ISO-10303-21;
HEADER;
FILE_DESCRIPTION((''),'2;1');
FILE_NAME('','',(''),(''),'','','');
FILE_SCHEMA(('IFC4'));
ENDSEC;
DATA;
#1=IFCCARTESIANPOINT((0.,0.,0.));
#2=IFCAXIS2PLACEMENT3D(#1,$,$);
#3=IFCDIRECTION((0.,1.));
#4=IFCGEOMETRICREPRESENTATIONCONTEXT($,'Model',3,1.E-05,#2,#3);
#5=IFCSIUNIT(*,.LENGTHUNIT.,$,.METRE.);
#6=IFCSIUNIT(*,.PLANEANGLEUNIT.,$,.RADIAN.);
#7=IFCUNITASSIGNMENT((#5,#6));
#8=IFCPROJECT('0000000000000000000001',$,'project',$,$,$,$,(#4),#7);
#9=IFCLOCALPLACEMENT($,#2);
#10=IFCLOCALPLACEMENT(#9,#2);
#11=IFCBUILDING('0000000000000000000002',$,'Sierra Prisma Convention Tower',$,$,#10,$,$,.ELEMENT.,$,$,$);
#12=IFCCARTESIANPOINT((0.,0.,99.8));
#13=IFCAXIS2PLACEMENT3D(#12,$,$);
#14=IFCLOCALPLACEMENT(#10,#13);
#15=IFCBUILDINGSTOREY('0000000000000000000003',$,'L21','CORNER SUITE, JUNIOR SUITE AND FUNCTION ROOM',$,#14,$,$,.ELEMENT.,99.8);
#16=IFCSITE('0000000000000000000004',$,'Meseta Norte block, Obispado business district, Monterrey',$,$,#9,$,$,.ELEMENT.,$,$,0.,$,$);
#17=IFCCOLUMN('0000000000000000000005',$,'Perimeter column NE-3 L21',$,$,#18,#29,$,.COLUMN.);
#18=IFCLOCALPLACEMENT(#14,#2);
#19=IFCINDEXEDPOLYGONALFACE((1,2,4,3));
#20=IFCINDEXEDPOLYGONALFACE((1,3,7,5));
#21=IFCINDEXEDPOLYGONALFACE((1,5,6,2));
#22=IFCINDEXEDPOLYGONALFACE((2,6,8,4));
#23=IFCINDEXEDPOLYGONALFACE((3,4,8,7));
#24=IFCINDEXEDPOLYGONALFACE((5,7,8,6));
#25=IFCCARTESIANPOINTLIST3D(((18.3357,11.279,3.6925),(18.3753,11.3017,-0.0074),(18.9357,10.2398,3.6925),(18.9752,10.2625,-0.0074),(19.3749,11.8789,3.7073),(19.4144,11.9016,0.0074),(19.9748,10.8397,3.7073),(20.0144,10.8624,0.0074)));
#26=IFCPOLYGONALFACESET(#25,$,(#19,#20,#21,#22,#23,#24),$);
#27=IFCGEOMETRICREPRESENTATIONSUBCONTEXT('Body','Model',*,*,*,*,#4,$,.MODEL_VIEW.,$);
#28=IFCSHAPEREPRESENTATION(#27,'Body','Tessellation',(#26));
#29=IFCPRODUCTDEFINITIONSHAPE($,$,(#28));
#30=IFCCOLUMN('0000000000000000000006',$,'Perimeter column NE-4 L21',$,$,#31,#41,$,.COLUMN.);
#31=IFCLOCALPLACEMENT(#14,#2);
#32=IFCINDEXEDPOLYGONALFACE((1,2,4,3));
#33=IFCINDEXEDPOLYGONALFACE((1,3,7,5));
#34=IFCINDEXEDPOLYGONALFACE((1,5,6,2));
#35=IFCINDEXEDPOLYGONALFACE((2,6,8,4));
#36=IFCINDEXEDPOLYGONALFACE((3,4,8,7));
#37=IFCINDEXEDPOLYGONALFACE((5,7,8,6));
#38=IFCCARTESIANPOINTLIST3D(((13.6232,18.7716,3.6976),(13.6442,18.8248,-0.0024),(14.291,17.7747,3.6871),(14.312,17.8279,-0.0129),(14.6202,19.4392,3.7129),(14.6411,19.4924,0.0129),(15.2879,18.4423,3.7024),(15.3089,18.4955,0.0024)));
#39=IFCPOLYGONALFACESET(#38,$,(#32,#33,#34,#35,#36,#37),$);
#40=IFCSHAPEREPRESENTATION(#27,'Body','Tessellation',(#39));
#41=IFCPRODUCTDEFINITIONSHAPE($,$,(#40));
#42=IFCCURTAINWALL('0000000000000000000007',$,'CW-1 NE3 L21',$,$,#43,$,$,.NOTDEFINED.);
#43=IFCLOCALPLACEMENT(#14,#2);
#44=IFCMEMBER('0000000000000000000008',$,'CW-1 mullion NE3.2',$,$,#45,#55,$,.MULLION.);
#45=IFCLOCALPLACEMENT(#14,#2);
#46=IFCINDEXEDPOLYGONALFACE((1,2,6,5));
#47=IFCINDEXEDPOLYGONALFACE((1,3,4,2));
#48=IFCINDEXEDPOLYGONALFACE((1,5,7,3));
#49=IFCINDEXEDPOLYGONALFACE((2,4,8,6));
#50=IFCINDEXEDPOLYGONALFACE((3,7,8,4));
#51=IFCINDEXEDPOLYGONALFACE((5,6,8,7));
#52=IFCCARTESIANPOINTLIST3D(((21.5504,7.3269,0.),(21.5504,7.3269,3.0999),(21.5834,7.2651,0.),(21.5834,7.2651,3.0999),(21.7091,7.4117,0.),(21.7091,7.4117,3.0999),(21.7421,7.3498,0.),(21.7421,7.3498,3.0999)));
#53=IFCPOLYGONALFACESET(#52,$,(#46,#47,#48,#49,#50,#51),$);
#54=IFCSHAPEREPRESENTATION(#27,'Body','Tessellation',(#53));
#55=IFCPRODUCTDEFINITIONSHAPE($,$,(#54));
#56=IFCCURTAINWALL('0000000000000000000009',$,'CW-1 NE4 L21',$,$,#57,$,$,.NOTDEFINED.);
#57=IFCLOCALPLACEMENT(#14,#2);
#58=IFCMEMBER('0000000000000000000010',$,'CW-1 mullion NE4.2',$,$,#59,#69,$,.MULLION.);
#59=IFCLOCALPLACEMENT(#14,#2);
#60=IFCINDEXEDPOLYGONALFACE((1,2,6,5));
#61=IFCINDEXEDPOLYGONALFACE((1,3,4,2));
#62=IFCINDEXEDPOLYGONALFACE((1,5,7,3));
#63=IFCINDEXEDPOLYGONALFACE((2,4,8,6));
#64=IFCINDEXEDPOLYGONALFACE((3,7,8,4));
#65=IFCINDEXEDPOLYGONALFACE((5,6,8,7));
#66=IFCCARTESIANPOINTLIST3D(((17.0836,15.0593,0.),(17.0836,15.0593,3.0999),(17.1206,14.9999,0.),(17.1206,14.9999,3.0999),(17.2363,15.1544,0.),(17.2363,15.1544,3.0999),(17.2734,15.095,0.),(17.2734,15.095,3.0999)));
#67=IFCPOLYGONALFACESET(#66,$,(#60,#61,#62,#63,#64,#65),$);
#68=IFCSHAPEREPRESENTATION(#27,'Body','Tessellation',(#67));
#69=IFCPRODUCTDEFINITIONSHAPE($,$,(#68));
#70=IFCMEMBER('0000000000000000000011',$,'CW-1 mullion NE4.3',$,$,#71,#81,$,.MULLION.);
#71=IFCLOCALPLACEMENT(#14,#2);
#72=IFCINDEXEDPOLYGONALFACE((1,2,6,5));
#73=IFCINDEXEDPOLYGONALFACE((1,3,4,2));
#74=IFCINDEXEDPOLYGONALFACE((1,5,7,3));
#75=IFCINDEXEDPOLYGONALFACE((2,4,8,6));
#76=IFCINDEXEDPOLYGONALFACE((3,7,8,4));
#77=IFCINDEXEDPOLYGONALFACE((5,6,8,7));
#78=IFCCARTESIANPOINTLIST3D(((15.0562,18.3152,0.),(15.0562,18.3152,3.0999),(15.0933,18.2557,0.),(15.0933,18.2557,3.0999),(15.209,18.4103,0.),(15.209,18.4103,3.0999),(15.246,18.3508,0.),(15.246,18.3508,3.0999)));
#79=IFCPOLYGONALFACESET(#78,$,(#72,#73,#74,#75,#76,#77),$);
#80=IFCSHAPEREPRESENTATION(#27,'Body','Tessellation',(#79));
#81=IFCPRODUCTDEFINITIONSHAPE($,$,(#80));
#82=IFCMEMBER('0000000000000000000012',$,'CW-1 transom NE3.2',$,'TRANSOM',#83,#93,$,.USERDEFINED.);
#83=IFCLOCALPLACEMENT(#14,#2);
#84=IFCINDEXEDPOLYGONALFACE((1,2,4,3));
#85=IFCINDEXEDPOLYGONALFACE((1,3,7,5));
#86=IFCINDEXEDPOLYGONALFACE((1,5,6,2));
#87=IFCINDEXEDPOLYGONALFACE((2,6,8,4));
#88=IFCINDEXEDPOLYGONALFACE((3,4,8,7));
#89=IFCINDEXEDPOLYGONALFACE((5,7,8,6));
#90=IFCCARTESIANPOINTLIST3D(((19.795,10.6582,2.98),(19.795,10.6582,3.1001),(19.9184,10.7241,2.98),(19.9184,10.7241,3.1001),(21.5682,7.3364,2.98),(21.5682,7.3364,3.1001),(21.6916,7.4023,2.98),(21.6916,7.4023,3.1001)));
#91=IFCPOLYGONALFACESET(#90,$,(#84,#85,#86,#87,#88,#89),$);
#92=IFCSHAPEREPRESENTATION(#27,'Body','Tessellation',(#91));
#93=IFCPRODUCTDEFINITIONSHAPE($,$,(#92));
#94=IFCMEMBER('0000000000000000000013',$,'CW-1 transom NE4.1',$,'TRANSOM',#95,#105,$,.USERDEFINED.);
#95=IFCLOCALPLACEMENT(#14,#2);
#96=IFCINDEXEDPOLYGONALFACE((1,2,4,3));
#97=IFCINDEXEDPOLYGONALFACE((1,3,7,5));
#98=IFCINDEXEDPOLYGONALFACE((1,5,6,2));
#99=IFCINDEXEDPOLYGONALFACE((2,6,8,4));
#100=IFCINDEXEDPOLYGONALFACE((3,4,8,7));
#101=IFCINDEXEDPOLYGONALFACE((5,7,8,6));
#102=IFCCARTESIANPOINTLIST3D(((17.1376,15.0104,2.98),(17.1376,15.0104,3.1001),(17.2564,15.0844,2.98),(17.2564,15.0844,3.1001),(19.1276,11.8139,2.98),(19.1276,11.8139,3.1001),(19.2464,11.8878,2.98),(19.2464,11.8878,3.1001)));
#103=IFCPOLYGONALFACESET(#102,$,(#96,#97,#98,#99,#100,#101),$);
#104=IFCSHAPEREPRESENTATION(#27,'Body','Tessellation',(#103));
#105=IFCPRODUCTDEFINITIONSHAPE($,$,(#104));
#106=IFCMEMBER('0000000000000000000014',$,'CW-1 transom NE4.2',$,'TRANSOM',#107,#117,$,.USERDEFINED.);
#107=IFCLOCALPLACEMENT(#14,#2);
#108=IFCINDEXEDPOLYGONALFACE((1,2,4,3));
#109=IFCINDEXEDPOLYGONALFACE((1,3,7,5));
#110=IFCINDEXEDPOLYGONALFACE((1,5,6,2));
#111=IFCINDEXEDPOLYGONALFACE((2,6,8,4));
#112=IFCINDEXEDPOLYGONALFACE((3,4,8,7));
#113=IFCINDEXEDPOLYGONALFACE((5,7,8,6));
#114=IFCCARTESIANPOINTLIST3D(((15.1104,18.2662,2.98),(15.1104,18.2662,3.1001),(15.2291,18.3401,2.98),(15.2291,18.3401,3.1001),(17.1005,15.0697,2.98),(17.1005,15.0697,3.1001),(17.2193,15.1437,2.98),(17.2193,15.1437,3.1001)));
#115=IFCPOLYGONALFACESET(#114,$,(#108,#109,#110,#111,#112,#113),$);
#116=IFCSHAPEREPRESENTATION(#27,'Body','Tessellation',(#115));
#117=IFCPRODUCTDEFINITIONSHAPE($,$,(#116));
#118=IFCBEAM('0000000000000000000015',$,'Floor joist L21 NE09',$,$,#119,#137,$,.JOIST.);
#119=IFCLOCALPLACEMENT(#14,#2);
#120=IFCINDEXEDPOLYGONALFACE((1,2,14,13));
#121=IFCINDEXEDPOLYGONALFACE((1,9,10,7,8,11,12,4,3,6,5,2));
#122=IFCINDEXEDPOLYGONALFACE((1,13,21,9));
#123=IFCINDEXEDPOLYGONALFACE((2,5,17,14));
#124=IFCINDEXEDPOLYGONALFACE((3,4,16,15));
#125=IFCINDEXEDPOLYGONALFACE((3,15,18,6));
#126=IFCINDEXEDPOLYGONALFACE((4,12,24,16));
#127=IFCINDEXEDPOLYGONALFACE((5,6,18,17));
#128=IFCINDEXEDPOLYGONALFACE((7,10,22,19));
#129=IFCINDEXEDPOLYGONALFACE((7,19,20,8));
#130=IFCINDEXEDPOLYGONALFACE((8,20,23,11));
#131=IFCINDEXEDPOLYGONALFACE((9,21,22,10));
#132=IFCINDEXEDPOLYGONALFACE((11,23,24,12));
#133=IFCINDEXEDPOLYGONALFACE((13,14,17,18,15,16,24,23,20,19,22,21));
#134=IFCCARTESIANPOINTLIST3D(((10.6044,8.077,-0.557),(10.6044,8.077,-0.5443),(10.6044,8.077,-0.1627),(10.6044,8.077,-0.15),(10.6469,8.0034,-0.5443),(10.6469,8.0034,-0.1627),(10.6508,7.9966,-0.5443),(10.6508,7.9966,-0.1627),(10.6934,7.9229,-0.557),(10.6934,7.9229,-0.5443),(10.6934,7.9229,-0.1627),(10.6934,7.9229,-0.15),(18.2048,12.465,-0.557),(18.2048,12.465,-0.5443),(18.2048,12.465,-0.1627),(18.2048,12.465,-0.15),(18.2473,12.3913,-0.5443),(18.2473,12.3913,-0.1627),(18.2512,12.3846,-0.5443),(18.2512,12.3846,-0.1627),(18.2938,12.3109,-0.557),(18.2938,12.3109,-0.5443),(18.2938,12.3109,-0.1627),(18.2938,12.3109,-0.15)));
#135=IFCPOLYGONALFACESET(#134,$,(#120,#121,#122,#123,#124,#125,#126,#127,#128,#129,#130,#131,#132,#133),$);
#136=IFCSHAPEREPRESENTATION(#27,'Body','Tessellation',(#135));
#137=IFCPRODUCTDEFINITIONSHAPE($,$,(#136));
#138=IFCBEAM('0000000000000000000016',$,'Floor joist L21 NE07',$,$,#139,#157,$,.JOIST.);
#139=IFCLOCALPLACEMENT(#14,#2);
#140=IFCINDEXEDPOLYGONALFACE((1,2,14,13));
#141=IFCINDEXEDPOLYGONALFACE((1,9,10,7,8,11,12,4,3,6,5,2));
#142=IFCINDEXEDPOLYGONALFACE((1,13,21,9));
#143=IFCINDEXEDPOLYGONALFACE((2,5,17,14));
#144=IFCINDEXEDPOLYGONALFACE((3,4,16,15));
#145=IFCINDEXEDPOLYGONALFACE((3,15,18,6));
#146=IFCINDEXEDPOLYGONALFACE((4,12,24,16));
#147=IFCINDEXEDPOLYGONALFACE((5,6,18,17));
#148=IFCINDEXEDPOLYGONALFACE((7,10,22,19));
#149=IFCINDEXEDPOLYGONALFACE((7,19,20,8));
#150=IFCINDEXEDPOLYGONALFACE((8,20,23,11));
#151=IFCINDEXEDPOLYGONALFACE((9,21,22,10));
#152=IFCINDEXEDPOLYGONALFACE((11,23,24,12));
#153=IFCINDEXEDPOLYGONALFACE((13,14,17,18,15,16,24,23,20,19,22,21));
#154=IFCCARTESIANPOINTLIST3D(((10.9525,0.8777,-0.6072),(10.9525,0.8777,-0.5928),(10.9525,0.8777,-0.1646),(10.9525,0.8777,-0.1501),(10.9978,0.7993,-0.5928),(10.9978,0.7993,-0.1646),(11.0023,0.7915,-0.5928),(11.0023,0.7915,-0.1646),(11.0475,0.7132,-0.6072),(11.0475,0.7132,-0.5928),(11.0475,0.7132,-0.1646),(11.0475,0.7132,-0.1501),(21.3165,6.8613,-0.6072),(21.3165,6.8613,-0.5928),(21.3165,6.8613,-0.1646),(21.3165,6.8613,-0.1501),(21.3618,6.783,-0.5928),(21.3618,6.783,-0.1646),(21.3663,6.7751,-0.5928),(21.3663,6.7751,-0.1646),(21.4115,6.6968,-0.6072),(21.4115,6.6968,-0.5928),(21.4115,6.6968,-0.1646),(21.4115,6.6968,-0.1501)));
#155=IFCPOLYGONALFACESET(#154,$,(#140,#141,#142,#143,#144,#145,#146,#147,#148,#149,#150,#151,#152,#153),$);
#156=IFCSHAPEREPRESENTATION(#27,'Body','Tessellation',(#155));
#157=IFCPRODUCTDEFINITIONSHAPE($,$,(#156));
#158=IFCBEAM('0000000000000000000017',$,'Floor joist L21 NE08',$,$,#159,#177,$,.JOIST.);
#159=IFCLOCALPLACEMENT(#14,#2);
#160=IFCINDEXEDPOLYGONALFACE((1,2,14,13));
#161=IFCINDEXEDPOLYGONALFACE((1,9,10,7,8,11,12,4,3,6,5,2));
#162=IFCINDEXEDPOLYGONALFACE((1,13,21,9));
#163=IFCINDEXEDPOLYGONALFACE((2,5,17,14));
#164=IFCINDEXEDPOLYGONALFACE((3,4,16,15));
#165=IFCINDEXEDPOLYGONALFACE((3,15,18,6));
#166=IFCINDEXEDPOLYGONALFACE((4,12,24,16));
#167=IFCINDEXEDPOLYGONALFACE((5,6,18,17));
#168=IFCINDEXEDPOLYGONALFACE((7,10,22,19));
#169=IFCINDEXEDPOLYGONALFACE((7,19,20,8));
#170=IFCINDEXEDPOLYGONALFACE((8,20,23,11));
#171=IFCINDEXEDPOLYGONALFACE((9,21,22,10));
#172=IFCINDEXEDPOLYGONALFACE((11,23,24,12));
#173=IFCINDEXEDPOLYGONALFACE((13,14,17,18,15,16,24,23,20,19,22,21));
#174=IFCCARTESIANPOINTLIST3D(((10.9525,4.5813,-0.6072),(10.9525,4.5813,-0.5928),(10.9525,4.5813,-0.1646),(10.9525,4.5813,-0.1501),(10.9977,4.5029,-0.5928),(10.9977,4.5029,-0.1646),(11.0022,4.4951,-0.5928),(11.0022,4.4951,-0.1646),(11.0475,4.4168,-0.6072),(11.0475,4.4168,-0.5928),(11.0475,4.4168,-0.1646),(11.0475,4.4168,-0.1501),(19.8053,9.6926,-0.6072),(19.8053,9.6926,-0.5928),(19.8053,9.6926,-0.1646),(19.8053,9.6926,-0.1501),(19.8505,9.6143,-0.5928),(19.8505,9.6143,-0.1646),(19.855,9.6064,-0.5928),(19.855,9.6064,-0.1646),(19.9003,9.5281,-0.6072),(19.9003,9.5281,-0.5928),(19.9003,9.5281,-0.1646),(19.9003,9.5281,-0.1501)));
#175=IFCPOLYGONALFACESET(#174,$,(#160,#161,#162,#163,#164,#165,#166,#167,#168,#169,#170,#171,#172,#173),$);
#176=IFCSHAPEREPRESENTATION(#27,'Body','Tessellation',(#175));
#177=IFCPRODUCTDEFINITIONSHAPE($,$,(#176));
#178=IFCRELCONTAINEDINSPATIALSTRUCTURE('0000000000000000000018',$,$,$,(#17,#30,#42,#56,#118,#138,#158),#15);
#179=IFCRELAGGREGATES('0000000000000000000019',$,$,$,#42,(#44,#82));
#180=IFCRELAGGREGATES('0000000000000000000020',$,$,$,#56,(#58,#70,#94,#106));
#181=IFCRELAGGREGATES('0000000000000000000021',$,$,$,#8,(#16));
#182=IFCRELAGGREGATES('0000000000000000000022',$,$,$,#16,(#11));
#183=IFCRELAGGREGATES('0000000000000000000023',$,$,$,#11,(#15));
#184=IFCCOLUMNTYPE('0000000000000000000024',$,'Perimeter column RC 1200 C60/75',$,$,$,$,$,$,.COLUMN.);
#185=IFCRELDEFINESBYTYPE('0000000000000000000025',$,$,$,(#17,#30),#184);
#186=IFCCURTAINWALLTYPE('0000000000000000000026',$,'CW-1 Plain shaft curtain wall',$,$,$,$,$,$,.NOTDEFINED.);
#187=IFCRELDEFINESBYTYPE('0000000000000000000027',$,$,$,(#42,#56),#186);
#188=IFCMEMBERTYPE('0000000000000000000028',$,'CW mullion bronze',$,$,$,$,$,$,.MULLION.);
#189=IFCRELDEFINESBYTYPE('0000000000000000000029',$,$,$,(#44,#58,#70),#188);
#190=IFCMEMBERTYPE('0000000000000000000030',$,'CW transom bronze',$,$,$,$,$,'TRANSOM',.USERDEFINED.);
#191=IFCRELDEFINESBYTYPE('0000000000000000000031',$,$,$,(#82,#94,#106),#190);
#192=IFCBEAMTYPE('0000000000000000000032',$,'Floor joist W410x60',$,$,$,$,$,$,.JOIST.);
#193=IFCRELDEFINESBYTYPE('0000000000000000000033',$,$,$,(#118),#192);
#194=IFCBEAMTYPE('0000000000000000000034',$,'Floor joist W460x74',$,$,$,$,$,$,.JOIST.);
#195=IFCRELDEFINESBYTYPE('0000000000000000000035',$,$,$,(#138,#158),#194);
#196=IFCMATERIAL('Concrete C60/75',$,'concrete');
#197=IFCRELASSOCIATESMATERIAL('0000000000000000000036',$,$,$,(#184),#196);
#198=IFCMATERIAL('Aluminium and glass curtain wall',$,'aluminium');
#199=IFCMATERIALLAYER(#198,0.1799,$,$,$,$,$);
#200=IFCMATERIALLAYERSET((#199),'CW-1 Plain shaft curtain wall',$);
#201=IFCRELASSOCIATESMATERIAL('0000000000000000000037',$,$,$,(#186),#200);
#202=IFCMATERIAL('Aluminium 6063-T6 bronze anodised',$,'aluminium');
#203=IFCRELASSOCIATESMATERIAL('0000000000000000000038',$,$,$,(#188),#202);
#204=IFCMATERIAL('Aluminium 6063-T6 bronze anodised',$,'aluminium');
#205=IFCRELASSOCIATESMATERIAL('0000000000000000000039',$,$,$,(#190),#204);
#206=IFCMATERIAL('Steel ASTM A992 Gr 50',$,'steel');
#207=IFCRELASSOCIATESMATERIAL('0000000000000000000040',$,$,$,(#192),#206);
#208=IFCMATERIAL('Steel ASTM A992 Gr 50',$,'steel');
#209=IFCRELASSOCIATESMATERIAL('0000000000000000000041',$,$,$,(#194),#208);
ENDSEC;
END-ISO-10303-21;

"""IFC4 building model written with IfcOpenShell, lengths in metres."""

from ifc_helpers import new_model, si_unit, direction, frame, origin, origin_2d, place, context, subcontext, project, spatial, rectangle, i_section, extrude, material, layer, layer_set, material_profile, profile_set, type_object, element, aggregate, save


model = new_model("IFC4")

# Units and contexts
model_context = context("Model", 3, precision=1e-05, world=origin(), true_north=direction((0.0, 1.0)))
body_context = subcontext(model_context, "Body", "Model", "MODEL_VIEW")
ifc_project = project(units=[si_unit("LENGTHUNIT", "METRE"), si_unit("PLANEANGLEUNIT", "RADIAN")], contexts=[model_context])

# Site, building, storey
site_placement = place(None, origin())
site = spatial("IfcSite", under=ifc_project, at=site_placement, Name="Meseta Norte block, Obispado business district, Monterrey", CompositionType="ELEMENT", RefElevation=0.0)
building_placement = place(site_placement, origin())
building = spatial("IfcBuilding", under=site, at=building_placement, Name="Sierra Prisma Convention Tower", CompositionType="ELEMENT")
storey_placement = place(building_placement, frame((0.0, 0.0, 99.8)))
storey = spatial("IfcBuildingStorey", under=building, at=storey_placement, Name="L21", Description="CORNER SUITE, JUNIOR SUITE AND FUNCTION ROOM", CompositionType="ELEMENT", Elevation=99.8)

# Columns
ifc_material_1 = material(Name="Concrete C60/75", Category="concrete")
ifc_material_profile_1 = material_profile(ifc_material_1, rectangle(XDim=1.2, YDim=1.2, at=origin_2d()), Name="Perimeter column RC 1200 C60/75")
ifc_profile_set_1 = profile_set([ifc_material_profile_1], Name="Concrete C60/75")
column_type = type_object("IfcColumnType", Name="Perimeter column RC 1200 C60/75", PredefinedType="COLUMN", material=ifc_profile_set_1)
column_1_placement = place(storey_placement, frame((19.1948, 11.082, 0.0), z_axis=(-0.010689, -0.006136, 0.999924), x_axis=(-0.499971, 0.866042, -0.00003)))
element("IfcColumn", 1, at=column_1_placement, inside=storey, type_object=column_type, Name="Perimeter column NE-3 L21", PredefinedType="COLUMN", context=body_context, shape_type="SweptSolid", body=[
    extrude(rectangle(XDim=1.2, YDim=1.2, at=origin_2d()), origin(), (0.0, 0.0, 1.0), 3.7002),
])
column_2_placement = place(storey_placement, frame((14.4766, 18.6602, 0.0), z_axis=(-0.005674, -0.014383, 0.99988), x_axis=(-0.556504, 0.830798, 0.008793)))
element("IfcColumn", 2, at=column_2_placement, inside=storey, type_object=column_type, Name="Perimeter column NE-4 L21", PredefinedType="COLUMN", context=body_context, shape_type="SweptSolid", body=[
    extrude(rectangle(XDim=1.2, YDim=1.2, at=origin_2d()), origin(), (0.0, 0.0, 1.0), 3.7004),
])

# Curtain wall, member
ifc_material_2 = material(Name="Aluminium and glass curtain wall", Category="aluminium")
ifc_layer_1 = layer(ifc_material_2, 0.1799)
ifc_layer_set_1 = layer_set([ifc_layer_1], Name="CW-1 Plain shaft curtain wall")
curtain_wall_type = type_object("IfcCurtainWallType", Name="CW-1 Plain shaft curtain wall", PredefinedType="NOTDEFINED", material=ifc_layer_set_1)
curtain_wall_1_placement = place(storey_placement, origin())
curtain_wall_1 = element("IfcCurtainWall", 3, at=curtain_wall_1_placement, inside=storey, type_object=curtain_wall_type, Name="CW-1 NE3 L21", PredefinedType="NOTDEFINED")
ifc_material_3 = material(Name="Aluminium 6063-T6 bronze anodised", Category="aluminium")
ifc_material_profile_2 = material_profile(ifc_material_3, rectangle(XDim=0.1799, YDim=0.0701, at=origin_2d()), Name="ALU MULLION 70x180")
ifc_profile_set_2 = profile_set([ifc_material_profile_2], Name="Aluminium 6063-T6 bronze anodised")
member_type_1 = type_object("IfcMemberType", Name="CW mullion bronze", PredefinedType="MULLION", material=ifc_profile_set_2)
member_1_placement = place(storey_placement, frame((21.6462, 7.3384, 0.0), z_axis=(0.0, 0.0, 1.0), x_axis=(-0.882189, -0.470896, 0.0)))
member_1 = element("IfcMember", 4, at=member_1_placement, type_object=member_type_1, Name="CW-1 mullion NE3.2", PredefinedType="MULLION", context=body_context, shape_type="SweptSolid", body=[
    extrude(rectangle(XDim=0.1799, YDim=0.0701, at=origin_2d()), origin(), (0.0, 0.0, 1.0), 3.0999),
])

# Curtain wall, members
curtain_wall_2_placement = place(storey_placement, origin())
curtain_wall_2 = element("IfcCurtainWall", 5, at=curtain_wall_2_placement, inside=storey, type_object=curtain_wall_type, Name="CW-1 NE4 L21", PredefinedType="NOTDEFINED")
member_2_placement = place(storey_placement, frame((17.1785, 15.0771, 0.0), z_axis=(0.0, 0.0, 1.0), x_axis=(-0.848902, -0.52855, 0.0)))
member_2 = element("IfcMember", 6, at=member_2_placement, type_object=member_type_1, Name="CW-1 mullion NE4.2", PredefinedType="MULLION", context=body_context, shape_type="SweptSolid", body=[
    extrude(rectangle(XDim=0.1799, YDim=0.0701, at=origin_2d()), origin(), (0.0, 0.0, 1.0), 3.0999),
])
member_3_placement = place(storey_placement, frame((15.1511, 18.333, 0.0), z_axis=(0.0, 0.0, 1.0), x_axis=(-0.848902, -0.52855, 0.0)))
member_3 = element("IfcMember", 7, at=member_3_placement, type_object=member_type_1, Name="CW-1 mullion NE4.3", PredefinedType="MULLION", context=body_context, shape_type="SweptSolid", body=[
    extrude(rectangle(XDim=0.1799, YDim=0.0701, at=origin_2d()), origin(), (0.0, 0.0, 1.0), 3.0999),
])

# Members
ifc_material_4 = material(Name="Aluminium 6063-T6 bronze anodised", Category="aluminium")
ifc_material_profile_3 = material_profile(ifc_material_4, rectangle(XDim=0.1399, YDim=0.1201, at=origin_2d()), Name="ALU TRANSOM 120x140")
ifc_profile_set_3 = profile_set([ifc_material_profile_3], Name="Aluminium 6063-T6 bronze anodised")
member_type_2 = type_object("IfcMemberType", Name="CW transom bronze", ElementType="TRANSOM", PredefinedType="USERDEFINED", material=ifc_profile_set_3)
member_4_placement = place(storey_placement, frame((21.6299, 7.3694, 3.04), z_axis=(-0.470915, 0.882179, 0.0), x_axis=(-0.882179, -0.470915, 0.0)))
member_4 = element("IfcMember", 8, at=member_4_placement, type_object=member_type_2, Name="CW-1 transom NE3.2", ObjectType="TRANSOM", PredefinedType="USERDEFINED", context=body_context, shape_type="SweptSolid", body=[
    extrude(rectangle(XDim=0.1399, YDim=0.1201, at=origin_2d()), origin(), (0.0, 0.0, 1.0), 3.7654),
])
member_5_placement = place(storey_placement, frame((19.187, 11.8508, 3.04), z_axis=(-0.5285, 0.848933, 0.0), x_axis=(-0.848933, -0.5285, 0.0)))
member_5 = element("IfcMember", 9, at=member_5_placement, type_object=member_type_2, Name="CW-1 transom NE4.1", ObjectType="TRANSOM", PredefinedType="USERDEFINED", context=body_context, shape_type="SweptSolid", body=[
    extrude(rectangle(XDim=0.1399, YDim=0.1201, at=origin_2d()), origin(), (0.0, 0.0, 1.0), 3.7654),
])
member_6_placement = place(storey_placement, frame((17.1599, 15.1067, 3.04), z_axis=(-0.528547, 0.848904, 0.0), x_axis=(-0.848904, -0.528547, 0.0)))
member_6 = element("IfcMember", 10, at=member_6_placement, type_object=member_type_2, Name="CW-1 transom NE4.2", ObjectType="TRANSOM", PredefinedType="USERDEFINED", context=body_context, shape_type="SweptSolid", body=[
    extrude(rectangle(XDim=0.1399, YDim=0.1201, at=origin_2d()), origin(), (0.0, 0.0, 1.0), 3.7654),
])

# Beams
ifc_material_5 = material(Name="Steel ASTM A992 Gr 50", Category="steel")
ifc_material_profile_4 = material_profile(ifc_material_5, i_section(OverallWidth=0.178, OverallDepth=0.407, WebThickness=0.0078, FlangeThickness=0.0127, at=origin_2d()), Name="W410x60")
ifc_profile_set_4 = profile_set([ifc_material_profile_4], Name="Steel ASTM A992 Gr 50")
beam_type_1 = type_object("IfcBeamType", Name="Floor joist W410x60", PredefinedType="JOIST", material=ifc_profile_set_4)
beam_1_placement = place(storey_placement, frame((18.2493, 12.3879, -0.3535), z_axis=(-0.866031, -0.49999, 0.0), x_axis=(0.49999, -0.866031, 0.0)))
element("IfcBeam", 11, at=beam_1_placement, inside=storey, type_object=beam_type_1, Name="Floor joist L21 NE09", PredefinedType="JOIST", context=body_context, shape_type="SweptSolid", body=[
    extrude(i_section(OverallWidth=0.178, OverallDepth=0.407, WebThickness=0.0078, FlangeThickness=0.0127, at=origin_2d()), origin(), (0.0, 0.0, 1.0), 8.7761),
])
ifc_material_6 = material(Name="Steel ASTM A992 Gr 50", Category="steel")
ifc_material_profile_5 = material_profile(ifc_material_6, i_section(OverallWidth=0.1899, OverallDepth=0.457, WebThickness=0.009, FlangeThickness=0.0144, at=origin_2d()), Name="W460x74")
ifc_profile_set_5 = profile_set([ifc_material_profile_5], Name="Steel ASTM A992 Gr 50")
beam_type_2 = type_object("IfcBeamType", Name="Floor joist W460x74", PredefinedType="JOIST", material=ifc_profile_set_5)
beam_2_placement = place(storey_placement, frame((21.364, 6.7791, -0.3787), z_axis=(-0.866026, -0.499999, 0.0), x_axis=(0.499999, -0.866026, 0.0)))
element("IfcBeam", 12, at=beam_2_placement, inside=storey, type_object=beam_type_2, Name="Floor joist L21 NE07", PredefinedType="JOIST", context=body_context, shape_type="SweptSolid", body=[
    extrude(i_section(OverallWidth=0.1899, OverallDepth=0.457, WebThickness=0.009, FlangeThickness=0.0144, at=origin_2d()), origin(), (0.0, 0.0, 1.0), 11.9673),
])
beam_3_placement = place(storey_placement, frame((19.8528, 9.6104, -0.3787), z_axis=(-0.866018, -0.500013, 0.0), x_axis=(0.500013, -0.866018, 0.0)))
element("IfcBeam", 13, at=beam_3_placement, inside=storey, type_object=beam_type_2, Name="Floor joist L21 NE08", PredefinedType="JOIST", context=body_context, shape_type="SweptSolid", body=[
    extrude(i_section(OverallWidth=0.1899, OverallDepth=0.457, WebThickness=0.009, FlangeThickness=0.0144, at=origin_2d()), origin(), (0.0, 0.0, 1.0), 10.2224),
])

aggregate(curtain_wall_1, [member_1, member_4])
aggregate(curtain_wall_2, [member_2, member_3, member_5, member_6])

save(model, "model.ifc")
